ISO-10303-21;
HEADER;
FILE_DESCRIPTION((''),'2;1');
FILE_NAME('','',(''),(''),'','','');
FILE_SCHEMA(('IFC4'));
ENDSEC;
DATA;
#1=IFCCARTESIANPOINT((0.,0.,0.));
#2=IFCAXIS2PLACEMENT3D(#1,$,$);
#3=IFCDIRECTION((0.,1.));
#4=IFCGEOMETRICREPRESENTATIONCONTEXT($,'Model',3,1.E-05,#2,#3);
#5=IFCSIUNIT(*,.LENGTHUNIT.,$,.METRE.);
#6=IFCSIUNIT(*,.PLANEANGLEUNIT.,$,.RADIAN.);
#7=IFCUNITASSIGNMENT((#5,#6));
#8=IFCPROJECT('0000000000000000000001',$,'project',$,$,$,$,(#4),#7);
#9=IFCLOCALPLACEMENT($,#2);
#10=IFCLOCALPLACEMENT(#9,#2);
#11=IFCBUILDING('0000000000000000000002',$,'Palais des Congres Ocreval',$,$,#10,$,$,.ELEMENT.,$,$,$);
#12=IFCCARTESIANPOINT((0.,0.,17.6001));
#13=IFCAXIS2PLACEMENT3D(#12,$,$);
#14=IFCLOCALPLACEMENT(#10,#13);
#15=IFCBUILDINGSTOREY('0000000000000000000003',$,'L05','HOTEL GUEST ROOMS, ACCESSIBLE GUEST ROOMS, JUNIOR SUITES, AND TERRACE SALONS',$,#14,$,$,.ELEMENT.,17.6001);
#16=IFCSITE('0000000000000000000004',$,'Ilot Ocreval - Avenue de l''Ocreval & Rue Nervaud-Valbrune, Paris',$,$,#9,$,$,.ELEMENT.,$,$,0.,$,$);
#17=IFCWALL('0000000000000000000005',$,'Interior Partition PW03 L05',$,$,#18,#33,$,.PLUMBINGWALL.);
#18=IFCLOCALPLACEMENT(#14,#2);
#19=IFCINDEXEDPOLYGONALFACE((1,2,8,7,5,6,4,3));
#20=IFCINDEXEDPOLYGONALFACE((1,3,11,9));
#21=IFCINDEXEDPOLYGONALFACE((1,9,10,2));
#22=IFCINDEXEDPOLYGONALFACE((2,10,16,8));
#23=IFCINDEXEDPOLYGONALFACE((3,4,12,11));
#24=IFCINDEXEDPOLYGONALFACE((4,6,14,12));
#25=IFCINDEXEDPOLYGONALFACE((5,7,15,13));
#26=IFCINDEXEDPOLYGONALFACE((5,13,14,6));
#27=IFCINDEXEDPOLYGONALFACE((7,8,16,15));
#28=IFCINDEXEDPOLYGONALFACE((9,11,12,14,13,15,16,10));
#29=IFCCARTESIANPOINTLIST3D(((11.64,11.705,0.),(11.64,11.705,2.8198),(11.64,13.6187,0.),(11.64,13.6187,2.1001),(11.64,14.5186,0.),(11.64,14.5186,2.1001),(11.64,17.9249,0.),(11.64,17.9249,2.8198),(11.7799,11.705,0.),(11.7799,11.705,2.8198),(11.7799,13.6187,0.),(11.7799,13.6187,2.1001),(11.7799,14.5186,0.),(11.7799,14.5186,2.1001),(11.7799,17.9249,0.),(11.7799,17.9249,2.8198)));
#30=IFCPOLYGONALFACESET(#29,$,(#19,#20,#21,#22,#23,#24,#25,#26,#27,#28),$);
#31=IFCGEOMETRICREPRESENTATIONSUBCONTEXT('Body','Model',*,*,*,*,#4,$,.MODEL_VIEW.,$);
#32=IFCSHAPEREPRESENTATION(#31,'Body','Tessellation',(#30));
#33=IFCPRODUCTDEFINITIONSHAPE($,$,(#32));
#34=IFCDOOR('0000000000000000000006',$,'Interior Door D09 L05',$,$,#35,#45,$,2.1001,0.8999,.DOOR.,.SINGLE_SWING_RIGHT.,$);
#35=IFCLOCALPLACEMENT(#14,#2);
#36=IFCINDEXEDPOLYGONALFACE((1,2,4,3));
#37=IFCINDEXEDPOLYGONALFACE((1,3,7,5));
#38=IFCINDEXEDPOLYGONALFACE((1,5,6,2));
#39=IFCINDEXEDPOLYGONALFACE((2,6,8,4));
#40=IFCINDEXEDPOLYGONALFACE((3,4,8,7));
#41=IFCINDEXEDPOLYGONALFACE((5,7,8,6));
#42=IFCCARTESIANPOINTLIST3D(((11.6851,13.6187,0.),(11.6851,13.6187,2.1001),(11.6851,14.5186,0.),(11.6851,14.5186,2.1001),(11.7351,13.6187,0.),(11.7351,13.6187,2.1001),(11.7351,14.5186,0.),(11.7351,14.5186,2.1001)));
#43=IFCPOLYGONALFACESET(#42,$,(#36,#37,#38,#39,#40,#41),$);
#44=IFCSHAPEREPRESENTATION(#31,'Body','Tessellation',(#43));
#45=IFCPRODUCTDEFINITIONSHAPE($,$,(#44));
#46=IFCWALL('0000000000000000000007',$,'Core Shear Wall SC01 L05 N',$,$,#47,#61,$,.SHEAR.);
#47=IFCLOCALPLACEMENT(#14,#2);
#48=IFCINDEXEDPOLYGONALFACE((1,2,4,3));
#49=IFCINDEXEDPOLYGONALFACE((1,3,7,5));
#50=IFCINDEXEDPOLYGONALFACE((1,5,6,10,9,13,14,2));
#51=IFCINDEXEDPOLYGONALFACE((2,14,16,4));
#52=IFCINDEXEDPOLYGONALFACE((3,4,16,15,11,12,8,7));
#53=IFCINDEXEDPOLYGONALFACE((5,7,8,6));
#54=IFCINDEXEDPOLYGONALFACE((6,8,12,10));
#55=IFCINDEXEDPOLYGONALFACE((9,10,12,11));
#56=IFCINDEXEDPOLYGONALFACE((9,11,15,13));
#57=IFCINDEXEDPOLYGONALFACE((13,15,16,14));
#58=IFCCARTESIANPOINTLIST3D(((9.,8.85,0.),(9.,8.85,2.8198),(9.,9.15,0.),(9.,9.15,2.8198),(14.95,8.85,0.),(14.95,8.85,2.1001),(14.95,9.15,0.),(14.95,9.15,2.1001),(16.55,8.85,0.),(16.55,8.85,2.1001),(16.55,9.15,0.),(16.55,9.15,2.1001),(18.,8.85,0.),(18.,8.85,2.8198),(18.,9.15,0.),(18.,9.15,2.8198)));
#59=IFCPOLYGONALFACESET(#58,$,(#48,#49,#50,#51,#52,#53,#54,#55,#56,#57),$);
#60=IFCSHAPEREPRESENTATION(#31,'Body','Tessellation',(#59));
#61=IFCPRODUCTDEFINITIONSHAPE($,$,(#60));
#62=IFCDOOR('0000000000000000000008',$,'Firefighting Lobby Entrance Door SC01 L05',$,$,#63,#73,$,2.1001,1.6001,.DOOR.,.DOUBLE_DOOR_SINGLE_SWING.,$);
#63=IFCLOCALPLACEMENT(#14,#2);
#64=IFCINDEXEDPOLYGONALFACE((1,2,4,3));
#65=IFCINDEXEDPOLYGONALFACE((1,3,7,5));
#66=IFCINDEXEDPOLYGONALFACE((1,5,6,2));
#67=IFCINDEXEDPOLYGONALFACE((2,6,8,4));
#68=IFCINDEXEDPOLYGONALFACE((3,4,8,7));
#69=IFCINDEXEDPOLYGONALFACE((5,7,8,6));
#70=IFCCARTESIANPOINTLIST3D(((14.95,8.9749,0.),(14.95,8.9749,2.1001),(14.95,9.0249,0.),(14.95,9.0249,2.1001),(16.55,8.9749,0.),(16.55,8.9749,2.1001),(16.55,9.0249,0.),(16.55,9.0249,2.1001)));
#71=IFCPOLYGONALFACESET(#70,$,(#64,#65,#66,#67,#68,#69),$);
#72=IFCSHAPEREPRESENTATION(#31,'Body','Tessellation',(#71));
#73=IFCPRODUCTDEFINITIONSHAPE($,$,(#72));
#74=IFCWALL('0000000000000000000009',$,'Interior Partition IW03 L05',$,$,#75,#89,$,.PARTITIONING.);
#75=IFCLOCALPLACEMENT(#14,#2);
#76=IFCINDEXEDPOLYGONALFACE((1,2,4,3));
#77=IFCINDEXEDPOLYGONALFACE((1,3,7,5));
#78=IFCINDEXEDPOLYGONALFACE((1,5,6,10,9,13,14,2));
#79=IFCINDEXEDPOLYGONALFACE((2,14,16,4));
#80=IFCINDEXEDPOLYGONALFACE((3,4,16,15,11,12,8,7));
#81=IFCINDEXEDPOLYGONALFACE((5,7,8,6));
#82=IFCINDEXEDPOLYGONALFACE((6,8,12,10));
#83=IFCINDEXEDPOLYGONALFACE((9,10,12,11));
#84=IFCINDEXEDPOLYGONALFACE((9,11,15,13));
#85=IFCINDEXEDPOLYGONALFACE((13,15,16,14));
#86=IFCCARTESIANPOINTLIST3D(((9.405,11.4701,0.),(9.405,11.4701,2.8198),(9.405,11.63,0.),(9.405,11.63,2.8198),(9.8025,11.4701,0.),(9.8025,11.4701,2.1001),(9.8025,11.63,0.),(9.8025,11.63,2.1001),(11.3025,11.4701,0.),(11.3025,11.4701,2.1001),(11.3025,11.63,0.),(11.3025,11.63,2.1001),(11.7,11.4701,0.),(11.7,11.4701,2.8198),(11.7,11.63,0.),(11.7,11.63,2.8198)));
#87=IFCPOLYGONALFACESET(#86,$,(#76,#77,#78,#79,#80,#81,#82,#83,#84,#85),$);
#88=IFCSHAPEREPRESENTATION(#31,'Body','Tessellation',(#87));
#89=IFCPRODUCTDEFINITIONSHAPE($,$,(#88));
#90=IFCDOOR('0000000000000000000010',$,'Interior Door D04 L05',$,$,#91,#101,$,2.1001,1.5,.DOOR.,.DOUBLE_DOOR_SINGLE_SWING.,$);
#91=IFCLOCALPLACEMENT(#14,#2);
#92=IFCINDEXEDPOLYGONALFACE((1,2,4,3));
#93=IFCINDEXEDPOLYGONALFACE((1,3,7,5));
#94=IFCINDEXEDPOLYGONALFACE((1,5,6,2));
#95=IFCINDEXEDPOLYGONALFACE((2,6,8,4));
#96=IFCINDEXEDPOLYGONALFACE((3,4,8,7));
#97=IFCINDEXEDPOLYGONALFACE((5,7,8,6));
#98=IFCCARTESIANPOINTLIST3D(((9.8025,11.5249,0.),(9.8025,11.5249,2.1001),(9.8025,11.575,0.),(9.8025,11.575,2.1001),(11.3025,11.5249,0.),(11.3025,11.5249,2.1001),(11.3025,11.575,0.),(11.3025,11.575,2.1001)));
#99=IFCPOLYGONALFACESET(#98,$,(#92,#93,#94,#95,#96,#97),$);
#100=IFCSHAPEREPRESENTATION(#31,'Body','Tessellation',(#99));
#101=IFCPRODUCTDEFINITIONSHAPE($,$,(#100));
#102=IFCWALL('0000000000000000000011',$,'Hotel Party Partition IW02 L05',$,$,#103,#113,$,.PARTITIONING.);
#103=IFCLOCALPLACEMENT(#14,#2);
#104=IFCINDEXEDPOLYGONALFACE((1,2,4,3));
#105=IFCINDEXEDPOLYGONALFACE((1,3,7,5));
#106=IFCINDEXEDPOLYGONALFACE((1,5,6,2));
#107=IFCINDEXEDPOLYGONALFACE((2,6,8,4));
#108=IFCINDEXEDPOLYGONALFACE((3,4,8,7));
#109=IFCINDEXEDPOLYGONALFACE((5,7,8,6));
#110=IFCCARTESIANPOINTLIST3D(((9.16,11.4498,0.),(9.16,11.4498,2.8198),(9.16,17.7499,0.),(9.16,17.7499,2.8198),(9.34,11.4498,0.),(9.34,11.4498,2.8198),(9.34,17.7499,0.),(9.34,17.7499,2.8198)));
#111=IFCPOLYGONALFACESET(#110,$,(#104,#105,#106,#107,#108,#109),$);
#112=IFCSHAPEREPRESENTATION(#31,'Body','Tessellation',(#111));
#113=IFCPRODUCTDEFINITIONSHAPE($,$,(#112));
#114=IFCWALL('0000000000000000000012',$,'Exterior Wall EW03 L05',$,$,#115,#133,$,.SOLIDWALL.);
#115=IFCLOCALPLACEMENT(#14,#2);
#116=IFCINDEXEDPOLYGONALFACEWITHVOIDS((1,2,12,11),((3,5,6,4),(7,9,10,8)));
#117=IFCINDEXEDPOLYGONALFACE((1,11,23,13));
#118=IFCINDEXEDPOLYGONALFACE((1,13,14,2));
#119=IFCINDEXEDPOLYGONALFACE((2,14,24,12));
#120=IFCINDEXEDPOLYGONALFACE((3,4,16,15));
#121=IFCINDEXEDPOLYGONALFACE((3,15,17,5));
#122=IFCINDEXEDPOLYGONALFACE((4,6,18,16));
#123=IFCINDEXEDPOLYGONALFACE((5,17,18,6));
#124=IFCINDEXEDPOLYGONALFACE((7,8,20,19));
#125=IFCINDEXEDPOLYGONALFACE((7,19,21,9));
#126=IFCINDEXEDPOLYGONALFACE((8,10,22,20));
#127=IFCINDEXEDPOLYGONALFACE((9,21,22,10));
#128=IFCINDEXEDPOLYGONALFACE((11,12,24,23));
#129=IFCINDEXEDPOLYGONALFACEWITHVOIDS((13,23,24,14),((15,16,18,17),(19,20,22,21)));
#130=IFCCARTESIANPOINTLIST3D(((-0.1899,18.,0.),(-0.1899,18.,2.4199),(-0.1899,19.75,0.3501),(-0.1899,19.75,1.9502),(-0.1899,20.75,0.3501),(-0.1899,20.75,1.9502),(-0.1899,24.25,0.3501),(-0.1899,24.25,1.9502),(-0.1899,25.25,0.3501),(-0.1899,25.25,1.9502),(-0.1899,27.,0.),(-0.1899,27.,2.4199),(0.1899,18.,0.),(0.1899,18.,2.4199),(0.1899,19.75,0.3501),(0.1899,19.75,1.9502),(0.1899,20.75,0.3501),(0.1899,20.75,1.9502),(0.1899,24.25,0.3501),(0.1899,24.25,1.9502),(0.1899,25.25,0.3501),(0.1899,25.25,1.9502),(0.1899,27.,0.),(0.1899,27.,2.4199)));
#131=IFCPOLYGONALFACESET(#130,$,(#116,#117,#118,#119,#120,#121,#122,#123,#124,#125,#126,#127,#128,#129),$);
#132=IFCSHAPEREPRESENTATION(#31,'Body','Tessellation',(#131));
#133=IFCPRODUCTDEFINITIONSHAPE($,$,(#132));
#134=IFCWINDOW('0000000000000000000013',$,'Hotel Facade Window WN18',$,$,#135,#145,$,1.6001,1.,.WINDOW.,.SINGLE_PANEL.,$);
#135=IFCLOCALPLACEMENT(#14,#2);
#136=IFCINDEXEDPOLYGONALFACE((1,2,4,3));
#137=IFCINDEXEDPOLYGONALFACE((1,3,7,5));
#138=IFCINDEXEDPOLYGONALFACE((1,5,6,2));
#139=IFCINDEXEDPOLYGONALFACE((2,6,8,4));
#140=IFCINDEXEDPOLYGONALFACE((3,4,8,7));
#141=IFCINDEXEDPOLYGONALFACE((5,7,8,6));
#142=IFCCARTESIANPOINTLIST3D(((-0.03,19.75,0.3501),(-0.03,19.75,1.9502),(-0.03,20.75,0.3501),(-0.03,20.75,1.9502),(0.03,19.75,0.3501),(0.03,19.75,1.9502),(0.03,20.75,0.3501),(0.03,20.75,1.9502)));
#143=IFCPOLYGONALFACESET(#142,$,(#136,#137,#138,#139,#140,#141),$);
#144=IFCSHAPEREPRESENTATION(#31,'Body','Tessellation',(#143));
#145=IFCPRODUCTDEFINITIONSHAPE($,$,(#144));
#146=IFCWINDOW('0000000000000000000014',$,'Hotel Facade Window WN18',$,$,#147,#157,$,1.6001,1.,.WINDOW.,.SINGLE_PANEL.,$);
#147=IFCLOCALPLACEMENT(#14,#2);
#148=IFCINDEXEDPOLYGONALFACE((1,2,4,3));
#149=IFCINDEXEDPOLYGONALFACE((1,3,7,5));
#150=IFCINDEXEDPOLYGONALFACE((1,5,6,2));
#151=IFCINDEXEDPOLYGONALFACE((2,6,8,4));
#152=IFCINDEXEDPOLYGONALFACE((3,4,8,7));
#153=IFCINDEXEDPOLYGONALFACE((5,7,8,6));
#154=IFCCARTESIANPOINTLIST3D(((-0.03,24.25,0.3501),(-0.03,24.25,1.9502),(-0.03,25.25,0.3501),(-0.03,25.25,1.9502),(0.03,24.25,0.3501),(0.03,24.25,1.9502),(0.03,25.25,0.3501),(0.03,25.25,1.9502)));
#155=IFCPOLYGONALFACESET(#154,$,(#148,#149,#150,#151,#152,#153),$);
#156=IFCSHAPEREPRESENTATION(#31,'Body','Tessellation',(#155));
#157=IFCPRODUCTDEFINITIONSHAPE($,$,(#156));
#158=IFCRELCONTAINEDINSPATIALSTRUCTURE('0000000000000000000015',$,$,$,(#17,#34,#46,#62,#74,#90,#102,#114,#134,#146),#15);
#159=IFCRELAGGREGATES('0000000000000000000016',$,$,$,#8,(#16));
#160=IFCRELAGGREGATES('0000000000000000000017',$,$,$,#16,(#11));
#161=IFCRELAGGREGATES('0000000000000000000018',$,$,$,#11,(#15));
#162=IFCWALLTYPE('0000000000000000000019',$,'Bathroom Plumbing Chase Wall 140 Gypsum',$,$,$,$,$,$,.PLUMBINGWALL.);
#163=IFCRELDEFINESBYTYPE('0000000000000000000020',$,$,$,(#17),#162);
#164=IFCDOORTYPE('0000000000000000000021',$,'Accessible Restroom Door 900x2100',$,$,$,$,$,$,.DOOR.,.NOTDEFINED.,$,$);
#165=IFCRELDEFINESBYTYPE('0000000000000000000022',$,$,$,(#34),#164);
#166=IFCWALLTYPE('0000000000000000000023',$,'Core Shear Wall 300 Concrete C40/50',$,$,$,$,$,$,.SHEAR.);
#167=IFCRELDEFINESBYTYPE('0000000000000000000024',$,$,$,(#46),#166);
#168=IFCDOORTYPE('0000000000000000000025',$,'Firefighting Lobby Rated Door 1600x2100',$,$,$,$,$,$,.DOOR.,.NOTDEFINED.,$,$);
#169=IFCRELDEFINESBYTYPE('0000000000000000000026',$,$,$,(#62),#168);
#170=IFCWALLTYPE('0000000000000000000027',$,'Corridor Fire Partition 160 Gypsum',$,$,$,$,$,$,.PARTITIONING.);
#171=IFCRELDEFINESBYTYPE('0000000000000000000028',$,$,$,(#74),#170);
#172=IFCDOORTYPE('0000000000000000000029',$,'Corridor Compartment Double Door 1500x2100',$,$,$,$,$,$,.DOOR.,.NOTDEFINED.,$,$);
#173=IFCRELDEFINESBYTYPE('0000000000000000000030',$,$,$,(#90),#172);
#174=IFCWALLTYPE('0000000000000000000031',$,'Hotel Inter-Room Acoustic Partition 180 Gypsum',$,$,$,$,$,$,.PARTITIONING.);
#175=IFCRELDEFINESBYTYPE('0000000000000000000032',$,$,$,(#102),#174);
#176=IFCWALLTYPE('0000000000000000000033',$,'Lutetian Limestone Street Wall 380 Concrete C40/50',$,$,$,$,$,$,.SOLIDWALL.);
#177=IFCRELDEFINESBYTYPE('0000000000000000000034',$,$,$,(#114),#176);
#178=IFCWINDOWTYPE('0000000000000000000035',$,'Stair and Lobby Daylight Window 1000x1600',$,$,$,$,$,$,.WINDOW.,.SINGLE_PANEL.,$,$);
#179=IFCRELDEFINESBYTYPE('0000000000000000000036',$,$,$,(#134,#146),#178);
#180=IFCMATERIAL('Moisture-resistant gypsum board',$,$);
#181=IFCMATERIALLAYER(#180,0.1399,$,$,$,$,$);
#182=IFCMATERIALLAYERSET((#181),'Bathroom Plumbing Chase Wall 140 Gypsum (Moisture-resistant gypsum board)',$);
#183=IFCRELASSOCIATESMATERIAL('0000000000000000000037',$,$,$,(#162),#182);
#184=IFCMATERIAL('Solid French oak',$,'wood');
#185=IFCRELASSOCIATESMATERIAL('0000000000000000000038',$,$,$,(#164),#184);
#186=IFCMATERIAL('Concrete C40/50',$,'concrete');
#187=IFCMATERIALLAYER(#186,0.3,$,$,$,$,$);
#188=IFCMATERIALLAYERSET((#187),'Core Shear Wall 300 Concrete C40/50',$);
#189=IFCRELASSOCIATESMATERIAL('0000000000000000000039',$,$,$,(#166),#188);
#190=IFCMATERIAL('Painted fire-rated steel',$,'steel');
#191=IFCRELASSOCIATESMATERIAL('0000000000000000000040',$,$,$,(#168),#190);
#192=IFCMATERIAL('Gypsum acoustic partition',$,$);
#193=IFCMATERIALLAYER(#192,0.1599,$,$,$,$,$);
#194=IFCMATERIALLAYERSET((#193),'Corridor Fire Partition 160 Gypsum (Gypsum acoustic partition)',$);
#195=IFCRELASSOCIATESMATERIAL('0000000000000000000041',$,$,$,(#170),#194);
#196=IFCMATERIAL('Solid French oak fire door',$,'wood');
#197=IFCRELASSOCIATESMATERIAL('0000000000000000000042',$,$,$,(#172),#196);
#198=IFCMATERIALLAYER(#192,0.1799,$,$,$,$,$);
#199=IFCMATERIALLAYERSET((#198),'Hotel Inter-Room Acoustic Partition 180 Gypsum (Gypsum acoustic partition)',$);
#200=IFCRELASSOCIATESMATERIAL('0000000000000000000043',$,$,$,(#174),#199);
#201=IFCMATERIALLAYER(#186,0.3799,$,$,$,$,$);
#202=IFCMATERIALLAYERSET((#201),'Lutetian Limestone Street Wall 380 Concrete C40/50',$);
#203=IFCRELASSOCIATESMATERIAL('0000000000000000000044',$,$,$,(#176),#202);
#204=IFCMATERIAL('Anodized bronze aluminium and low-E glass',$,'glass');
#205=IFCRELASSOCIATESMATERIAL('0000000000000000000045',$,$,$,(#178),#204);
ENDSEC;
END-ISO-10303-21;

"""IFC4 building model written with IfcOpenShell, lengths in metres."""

from ifc_helpers import new_model, si_unit, direction, frame, frame_2d, origin, place, context, subcontext, project, spatial, rectangle, extrude, material, layer, layer_set, type_object, element, fill, save


model = new_model("IFC4")

# Units and contexts
model_context = context("Model", 3, precision=1e-05, world=origin(), true_north=direction((0.0, 1.0)))
body_context = subcontext(model_context, "Body", "Model", "MODEL_VIEW")
ifc_project = project(units=[si_unit("LENGTHUNIT", "METRE"), si_unit("PLANEANGLEUNIT", "RADIAN")], contexts=[model_context])

# Site, building, storey
site_placement = place(None, origin())
site = spatial("IfcSite", under=ifc_project, at=site_placement, Name="Ilot Ocreval - Avenue de l'Ocreval & Rue Nervaud-Valbrune, Paris", CompositionType="ELEMENT", RefElevation=0.0)
building_placement = place(site_placement, origin())
building = spatial("IfcBuilding", under=site, at=building_placement, Name="Palais des Congres Ocreval", CompositionType="ELEMENT")
storey_placement = place(building_placement, frame((0.0, 0.0, 17.6001)))
storey = spatial("IfcBuildingStorey", under=building, at=storey_placement, Name="L05", Description="HOTEL GUEST ROOMS, ACCESSIBLE GUEST ROOMS, JUNIOR SUITES, AND TERRACE SALONS", CompositionType="ELEMENT", Elevation=17.6001)

# Shared definitions
ifc_material_1 = material(Name="Concrete C40/50", Category="concrete")

# Shared definitions
ifc_material_2 = material(Name="Moisture-resistant gypsum board")
ifc_layer_1 = layer(ifc_material_2, 0.1399)
ifc_layer_set_1 = layer_set([ifc_layer_1], Name="Bathroom Plumbing Chase Wall 140 Gypsum (Moisture-resistant gypsum board)")
wall_type_1 = type_object("IfcWallType", Name="Bathroom Plumbing Chase Wall 140 Gypsum", PredefinedType="PLUMBINGWALL", material=ifc_layer_set_1)

# Walls, openings, doors
wall_1_placement = place(storey_placement, frame((11.71, 11.7051, 0.0), z_axis=(0.0, 0.0, 1.0), x_axis=(0.0, 1.0, 0.0)))
wall_1 = element("IfcWall", 1, at=wall_1_placement, inside=storey, type_object=wall_type_1, Name="Interior Partition PW03 L05", PredefinedType="PLUMBINGWALL", context=body_context, shape_type="SweptSolid", body=[
    extrude(rectangle(XDim=6.22, YDim=0.1399, at=frame_2d((3.1099, 0.0))), origin(), (0.0, 0.0, 1.0), 2.8198),
])
opening_1_placement = place(wall_1_placement, frame((1.9136, 0.0, 0.0)))
opening_1 = element("IfcOpeningElement", 2, at=opening_1_placement, cuts=wall_1, PredefinedType="OPENING", context=body_context, shape_type="SweptSolid", body=[
    extrude(rectangle(XDim=0.8999, YDim=2.1001, at=frame_2d((0.45, 1.05))), frame((0.0, 0.0798, 0.0), z_axis=(0.0, -1.0, 0.0), x_axis=(1.0, 0.0, 0.0)), (0.0, 0.0, 1.0), 0.1599),
])
ifc_material_3 = material(Name="Solid French oak", Category="wood")
door_type_1 = type_object("IfcDoorType", Name="Accessible Restroom Door 900x2100", OperationType="NOTDEFINED", PredefinedType="DOOR", material=ifc_material_3)
door_1_placement = place(opening_1_placement, origin())
door_1 = element("IfcDoor", 3, at=door_1_placement, inside=storey, type_object=door_type_1, Name="Interior Door D09 L05", OperationType="SINGLE_SWING_RIGHT", OverallHeight=2.1001, OverallWidth=0.8999, PredefinedType="DOOR", context=body_context, shape_type="SweptSolid", body=[
    extrude(rectangle(XDim=0.8999, YDim=2.1001, at=frame_2d((0.45, 1.05))), frame((0.0, 0.0249, 0.0), z_axis=(0.0, -1.0, 0.0), x_axis=(1.0, 0.0, 0.0)), (0.0, 0.0, 1.0), 0.05),
])
fill(opening_1, door_1)
ifc_layer_2 = layer(ifc_material_1, 0.3)
ifc_layer_set_2 = layer_set([ifc_layer_2], Name="Core Shear Wall 300 Concrete C40/50")
wall_type_2 = type_object("IfcWallType", Name="Core Shear Wall 300 Concrete C40/50", PredefinedType="SHEAR", material=ifc_layer_set_2)
wall_2_placement = place(storey_placement, frame((9.0, 9.0, 0.0), z_axis=(0.0, 0.0, 1.0), x_axis=(1.0, 0.0, 0.0)))
wall_2 = element("IfcWall", 4, at=wall_2_placement, inside=storey, type_object=wall_type_2, Name="Core Shear Wall SC01 L05 N", PredefinedType="SHEAR", context=body_context, shape_type="SweptSolid", body=[
    extrude(rectangle(XDim=9.0, YDim=0.3, at=frame_2d((4.5, 0.0))), origin(), (0.0, 0.0, 1.0), 2.8198),
])
opening_2_placement = place(wall_2_placement, frame((5.95, 0.0, 0.0)))
opening_2 = element("IfcOpeningElement", 5, at=opening_2_placement, cuts=wall_2, PredefinedType="OPENING", context=body_context, shape_type="SweptSolid", body=[
    extrude(rectangle(XDim=1.6001, YDim=2.1001, at=frame_2d((0.8, 1.05))), frame((0.0, 0.1599, 0.0), z_axis=(0.0, -1.0, 0.0), x_axis=(1.0, 0.0, 0.0)), (0.0, 0.0, 1.0), 0.3201),
])
ifc_material_4 = material(Name="Painted fire-rated steel", Category="steel")
door_type_2 = type_object("IfcDoorType", Name="Firefighting Lobby Rated Door 1600x2100", OperationType="NOTDEFINED", PredefinedType="DOOR", material=ifc_material_4)
door_2_placement = place(opening_2_placement, origin())
door_2 = element("IfcDoor", 6, at=door_2_placement, inside=storey, type_object=door_type_2, Name="Firefighting Lobby Entrance Door SC01 L05", OperationType="DOUBLE_DOOR_SINGLE_SWING", OverallHeight=2.1001, OverallWidth=1.6001, PredefinedType="DOOR", context=body_context, shape_type="SweptSolid", body=[
    extrude(rectangle(XDim=1.6001, YDim=2.1001, at=frame_2d((0.8, 1.05))), frame((0.0, 0.0249, 0.0), z_axis=(0.0, -1.0, 0.0), x_axis=(1.0, 0.0, 0.0)), (0.0, 0.0, 1.0), 0.05),
])
fill(opening_2, door_2)
ifc_material_5 = material(Name="Gypsum acoustic partition")
ifc_layer_3 = layer(ifc_material_5, 0.1599)
ifc_layer_set_3 = layer_set([ifc_layer_3], Name="Corridor Fire Partition 160 Gypsum (Gypsum acoustic partition)")
wall_type_3 = type_object("IfcWallType", Name="Corridor Fire Partition 160 Gypsum", PredefinedType="PARTITIONING", material=ifc_layer_set_3)
wall_3_placement = place(storey_placement, frame((9.405, 11.55, 0.0), z_axis=(0.0, 0.0, 1.0), x_axis=(1.0, 0.0, 0.0)))
wall_3 = element("IfcWall", 7, at=wall_3_placement, inside=storey, type_object=wall_type_3, Name="Interior Partition IW03 L05", PredefinedType="PARTITIONING", context=body_context, shape_type="SweptSolid", body=[
    extrude(rectangle(XDim=2.2949, YDim=0.1599, at=frame_2d((1.1475, 0.0))), origin(), (0.0, 0.0, 1.0), 2.8198),
])
opening_3_placement = place(wall_3_placement, frame((0.3975, 0.0, 0.0)))
opening_3 = element("IfcOpeningElement", 8, at=opening_3_placement, cuts=wall_3, PredefinedType="OPENING", context=body_context, shape_type="SweptSolid", body=[
    extrude(rectangle(XDim=1.5, YDim=2.1001, at=frame_2d((0.75, 1.05))), frame((0.0, 0.0898, 0.0), z_axis=(0.0, -1.0, 0.0), x_axis=(1.0, 0.0, 0.0)), (0.0, 0.0, 1.0), 0.1799),
])
ifc_material_6 = material(Name="Solid French oak fire door", Category="wood")
door_type_3 = type_object("IfcDoorType", Name="Corridor Compartment Double Door 1500x2100", OperationType="NOTDEFINED", PredefinedType="DOOR", material=ifc_material_6)
door_3_placement = place(opening_3_placement, origin())
door_3 = element("IfcDoor", 9, at=door_3_placement, inside=storey, type_object=door_type_3, Name="Interior Door D04 L05", OperationType="DOUBLE_DOOR_SINGLE_SWING", OverallHeight=2.1001, OverallWidth=1.5, PredefinedType="DOOR", context=body_context, shape_type="SweptSolid", body=[
    extrude(rectangle(XDim=1.5, YDim=2.1001, at=frame_2d((0.75, 1.05))), frame((0.0, 0.0249, 0.0), z_axis=(0.0, -1.0, 0.0), x_axis=(1.0, 0.0, 0.0)), (0.0, 0.0, 1.0), 0.05),
])
fill(opening_3, door_3)

# Wall
ifc_layer_4 = layer(ifc_material_5, 0.1799)
ifc_layer_set_4 = layer_set([ifc_layer_4], Name="Hotel Inter-Room Acoustic Partition 180 Gypsum (Gypsum acoustic partition)")
wall_type_4 = type_object("IfcWallType", Name="Hotel Inter-Room Acoustic Partition 180 Gypsum", PredefinedType="PARTITIONING", material=ifc_layer_set_4)
wall_4_placement = place(storey_placement, frame((9.25, 11.45, 0.0), z_axis=(0.0, 0.0, 1.0), x_axis=(0.0, 1.0, 0.0)))
element("IfcWall", 10, at=wall_4_placement, inside=storey, type_object=wall_type_4, Name="Hotel Party Partition IW02 L05", PredefinedType="PARTITIONING", context=body_context, shape_type="SweptSolid", body=[
    extrude(rectangle(XDim=6.3, YDim=0.1799, at=frame_2d((3.1499, 0.0))), origin(), (0.0, 0.0, 1.0), 2.8198),
])

# Wall, openings, windows
ifc_layer_5 = layer(ifc_material_1, 0.3799)
ifc_layer_set_5 = layer_set([ifc_layer_5], Name="Lutetian Limestone Street Wall 380 Concrete C40/50")
wall_type_5 = type_object("IfcWallType", Name="Lutetian Limestone Street Wall 380 Concrete C40/50", PredefinedType="SOLIDWALL", material=ifc_layer_set_5)
wall_5_placement = place(storey_placement, frame((0.0, 18.0, 0.0), z_axis=(0.0, 0.0, 1.0), x_axis=(0.0, 1.0, 0.0)))
wall_5 = element("IfcWall", 11, at=wall_5_placement, inside=storey, type_object=wall_type_5, Name="Exterior Wall EW03 L05", PredefinedType="SOLIDWALL", context=body_context, shape_type="SweptSolid", body=[
    extrude(rectangle(XDim=9.0, YDim=0.3799, at=frame_2d((4.5, 0.0))), origin(), (0.0, 0.0, 1.0), 2.4199),
])
opening_4_placement = place(wall_5_placement, frame((1.75, 0.0, 0.3501)))
opening_4 = element("IfcOpeningElement", 12, at=opening_4_placement, cuts=wall_5, PredefinedType="OPENING", context=body_context, shape_type="SweptSolid", body=[
    extrude(rectangle(XDim=1.0, YDim=1.6001, at=frame_2d((0.5, 0.8))), frame((0.0, 0.2, 0.0), z_axis=(0.0, -1.0, 0.0), x_axis=(1.0, 0.0, 0.0)), (0.0, 0.0, 1.0), 0.3999),
])
opening_5_placement = place(wall_5_placement, frame((6.25, 0.0, 0.3501)))
opening_5 = element("IfcOpeningElement", 13, at=opening_5_placement, cuts=wall_5, PredefinedType="OPENING", context=body_context, shape_type="SweptSolid", body=[
    extrude(rectangle(XDim=1.0, YDim=1.6001, at=frame_2d((0.5, 0.8))), frame((0.0, 0.2, 0.0), z_axis=(0.0, -1.0, 0.0), x_axis=(1.0, 0.0, 0.0)), (0.0, 0.0, 1.0), 0.3999),
])
ifc_material_7 = material(Name="Anodized bronze aluminium and low-E glass", Category="glass")
window_type = type_object("IfcWindowType", Name="Stair and Lobby Daylight Window 1000x1600", PartitioningType="SINGLE_PANEL", PredefinedType="WINDOW", material=ifc_material_7)
window_1_placement = place(opening_4_placement, origin())
window_1 = element("IfcWindow", 14, at=window_1_placement, inside=storey, type_object=window_type, Name="Hotel Facade Window WN18", OverallHeight=1.6001, OverallWidth=1.0, PartitioningType="SINGLE_PANEL", PredefinedType="WINDOW", context=body_context, shape_type="SweptSolid", body=[
    extrude(rectangle(XDim=1.0, YDim=1.6001, at=frame_2d((0.5, 0.8))), frame((0.0, 0.03, 0.0), z_axis=(0.0, -1.0, 0.0), x_axis=(1.0, 0.0, 0.0)), (0.0, 0.0, 1.0), 0.0601),
])
fill(opening_4, window_1)
window_2_placement = place(opening_5_placement, origin())
window_2 = element("IfcWindow", 15, at=window_2_placement, inside=storey, type_object=window_type, Name="Hotel Facade Window WN18", OverallHeight=1.6001, OverallWidth=1.0, PartitioningType="SINGLE_PANEL", PredefinedType="WINDOW", context=body_context, shape_type="SweptSolid", body=[
    extrude(rectangle(XDim=1.0, YDim=1.6001, at=frame_2d((0.5, 0.8))), frame((0.0, 0.03, 0.0), z_axis=(0.0, -1.0, 0.0), x_axis=(1.0, 0.0, 0.0)), (0.0, 0.0, 1.0), 0.0601),
])
fill(opening_5, window_2)

save(model, "model.ifc")
